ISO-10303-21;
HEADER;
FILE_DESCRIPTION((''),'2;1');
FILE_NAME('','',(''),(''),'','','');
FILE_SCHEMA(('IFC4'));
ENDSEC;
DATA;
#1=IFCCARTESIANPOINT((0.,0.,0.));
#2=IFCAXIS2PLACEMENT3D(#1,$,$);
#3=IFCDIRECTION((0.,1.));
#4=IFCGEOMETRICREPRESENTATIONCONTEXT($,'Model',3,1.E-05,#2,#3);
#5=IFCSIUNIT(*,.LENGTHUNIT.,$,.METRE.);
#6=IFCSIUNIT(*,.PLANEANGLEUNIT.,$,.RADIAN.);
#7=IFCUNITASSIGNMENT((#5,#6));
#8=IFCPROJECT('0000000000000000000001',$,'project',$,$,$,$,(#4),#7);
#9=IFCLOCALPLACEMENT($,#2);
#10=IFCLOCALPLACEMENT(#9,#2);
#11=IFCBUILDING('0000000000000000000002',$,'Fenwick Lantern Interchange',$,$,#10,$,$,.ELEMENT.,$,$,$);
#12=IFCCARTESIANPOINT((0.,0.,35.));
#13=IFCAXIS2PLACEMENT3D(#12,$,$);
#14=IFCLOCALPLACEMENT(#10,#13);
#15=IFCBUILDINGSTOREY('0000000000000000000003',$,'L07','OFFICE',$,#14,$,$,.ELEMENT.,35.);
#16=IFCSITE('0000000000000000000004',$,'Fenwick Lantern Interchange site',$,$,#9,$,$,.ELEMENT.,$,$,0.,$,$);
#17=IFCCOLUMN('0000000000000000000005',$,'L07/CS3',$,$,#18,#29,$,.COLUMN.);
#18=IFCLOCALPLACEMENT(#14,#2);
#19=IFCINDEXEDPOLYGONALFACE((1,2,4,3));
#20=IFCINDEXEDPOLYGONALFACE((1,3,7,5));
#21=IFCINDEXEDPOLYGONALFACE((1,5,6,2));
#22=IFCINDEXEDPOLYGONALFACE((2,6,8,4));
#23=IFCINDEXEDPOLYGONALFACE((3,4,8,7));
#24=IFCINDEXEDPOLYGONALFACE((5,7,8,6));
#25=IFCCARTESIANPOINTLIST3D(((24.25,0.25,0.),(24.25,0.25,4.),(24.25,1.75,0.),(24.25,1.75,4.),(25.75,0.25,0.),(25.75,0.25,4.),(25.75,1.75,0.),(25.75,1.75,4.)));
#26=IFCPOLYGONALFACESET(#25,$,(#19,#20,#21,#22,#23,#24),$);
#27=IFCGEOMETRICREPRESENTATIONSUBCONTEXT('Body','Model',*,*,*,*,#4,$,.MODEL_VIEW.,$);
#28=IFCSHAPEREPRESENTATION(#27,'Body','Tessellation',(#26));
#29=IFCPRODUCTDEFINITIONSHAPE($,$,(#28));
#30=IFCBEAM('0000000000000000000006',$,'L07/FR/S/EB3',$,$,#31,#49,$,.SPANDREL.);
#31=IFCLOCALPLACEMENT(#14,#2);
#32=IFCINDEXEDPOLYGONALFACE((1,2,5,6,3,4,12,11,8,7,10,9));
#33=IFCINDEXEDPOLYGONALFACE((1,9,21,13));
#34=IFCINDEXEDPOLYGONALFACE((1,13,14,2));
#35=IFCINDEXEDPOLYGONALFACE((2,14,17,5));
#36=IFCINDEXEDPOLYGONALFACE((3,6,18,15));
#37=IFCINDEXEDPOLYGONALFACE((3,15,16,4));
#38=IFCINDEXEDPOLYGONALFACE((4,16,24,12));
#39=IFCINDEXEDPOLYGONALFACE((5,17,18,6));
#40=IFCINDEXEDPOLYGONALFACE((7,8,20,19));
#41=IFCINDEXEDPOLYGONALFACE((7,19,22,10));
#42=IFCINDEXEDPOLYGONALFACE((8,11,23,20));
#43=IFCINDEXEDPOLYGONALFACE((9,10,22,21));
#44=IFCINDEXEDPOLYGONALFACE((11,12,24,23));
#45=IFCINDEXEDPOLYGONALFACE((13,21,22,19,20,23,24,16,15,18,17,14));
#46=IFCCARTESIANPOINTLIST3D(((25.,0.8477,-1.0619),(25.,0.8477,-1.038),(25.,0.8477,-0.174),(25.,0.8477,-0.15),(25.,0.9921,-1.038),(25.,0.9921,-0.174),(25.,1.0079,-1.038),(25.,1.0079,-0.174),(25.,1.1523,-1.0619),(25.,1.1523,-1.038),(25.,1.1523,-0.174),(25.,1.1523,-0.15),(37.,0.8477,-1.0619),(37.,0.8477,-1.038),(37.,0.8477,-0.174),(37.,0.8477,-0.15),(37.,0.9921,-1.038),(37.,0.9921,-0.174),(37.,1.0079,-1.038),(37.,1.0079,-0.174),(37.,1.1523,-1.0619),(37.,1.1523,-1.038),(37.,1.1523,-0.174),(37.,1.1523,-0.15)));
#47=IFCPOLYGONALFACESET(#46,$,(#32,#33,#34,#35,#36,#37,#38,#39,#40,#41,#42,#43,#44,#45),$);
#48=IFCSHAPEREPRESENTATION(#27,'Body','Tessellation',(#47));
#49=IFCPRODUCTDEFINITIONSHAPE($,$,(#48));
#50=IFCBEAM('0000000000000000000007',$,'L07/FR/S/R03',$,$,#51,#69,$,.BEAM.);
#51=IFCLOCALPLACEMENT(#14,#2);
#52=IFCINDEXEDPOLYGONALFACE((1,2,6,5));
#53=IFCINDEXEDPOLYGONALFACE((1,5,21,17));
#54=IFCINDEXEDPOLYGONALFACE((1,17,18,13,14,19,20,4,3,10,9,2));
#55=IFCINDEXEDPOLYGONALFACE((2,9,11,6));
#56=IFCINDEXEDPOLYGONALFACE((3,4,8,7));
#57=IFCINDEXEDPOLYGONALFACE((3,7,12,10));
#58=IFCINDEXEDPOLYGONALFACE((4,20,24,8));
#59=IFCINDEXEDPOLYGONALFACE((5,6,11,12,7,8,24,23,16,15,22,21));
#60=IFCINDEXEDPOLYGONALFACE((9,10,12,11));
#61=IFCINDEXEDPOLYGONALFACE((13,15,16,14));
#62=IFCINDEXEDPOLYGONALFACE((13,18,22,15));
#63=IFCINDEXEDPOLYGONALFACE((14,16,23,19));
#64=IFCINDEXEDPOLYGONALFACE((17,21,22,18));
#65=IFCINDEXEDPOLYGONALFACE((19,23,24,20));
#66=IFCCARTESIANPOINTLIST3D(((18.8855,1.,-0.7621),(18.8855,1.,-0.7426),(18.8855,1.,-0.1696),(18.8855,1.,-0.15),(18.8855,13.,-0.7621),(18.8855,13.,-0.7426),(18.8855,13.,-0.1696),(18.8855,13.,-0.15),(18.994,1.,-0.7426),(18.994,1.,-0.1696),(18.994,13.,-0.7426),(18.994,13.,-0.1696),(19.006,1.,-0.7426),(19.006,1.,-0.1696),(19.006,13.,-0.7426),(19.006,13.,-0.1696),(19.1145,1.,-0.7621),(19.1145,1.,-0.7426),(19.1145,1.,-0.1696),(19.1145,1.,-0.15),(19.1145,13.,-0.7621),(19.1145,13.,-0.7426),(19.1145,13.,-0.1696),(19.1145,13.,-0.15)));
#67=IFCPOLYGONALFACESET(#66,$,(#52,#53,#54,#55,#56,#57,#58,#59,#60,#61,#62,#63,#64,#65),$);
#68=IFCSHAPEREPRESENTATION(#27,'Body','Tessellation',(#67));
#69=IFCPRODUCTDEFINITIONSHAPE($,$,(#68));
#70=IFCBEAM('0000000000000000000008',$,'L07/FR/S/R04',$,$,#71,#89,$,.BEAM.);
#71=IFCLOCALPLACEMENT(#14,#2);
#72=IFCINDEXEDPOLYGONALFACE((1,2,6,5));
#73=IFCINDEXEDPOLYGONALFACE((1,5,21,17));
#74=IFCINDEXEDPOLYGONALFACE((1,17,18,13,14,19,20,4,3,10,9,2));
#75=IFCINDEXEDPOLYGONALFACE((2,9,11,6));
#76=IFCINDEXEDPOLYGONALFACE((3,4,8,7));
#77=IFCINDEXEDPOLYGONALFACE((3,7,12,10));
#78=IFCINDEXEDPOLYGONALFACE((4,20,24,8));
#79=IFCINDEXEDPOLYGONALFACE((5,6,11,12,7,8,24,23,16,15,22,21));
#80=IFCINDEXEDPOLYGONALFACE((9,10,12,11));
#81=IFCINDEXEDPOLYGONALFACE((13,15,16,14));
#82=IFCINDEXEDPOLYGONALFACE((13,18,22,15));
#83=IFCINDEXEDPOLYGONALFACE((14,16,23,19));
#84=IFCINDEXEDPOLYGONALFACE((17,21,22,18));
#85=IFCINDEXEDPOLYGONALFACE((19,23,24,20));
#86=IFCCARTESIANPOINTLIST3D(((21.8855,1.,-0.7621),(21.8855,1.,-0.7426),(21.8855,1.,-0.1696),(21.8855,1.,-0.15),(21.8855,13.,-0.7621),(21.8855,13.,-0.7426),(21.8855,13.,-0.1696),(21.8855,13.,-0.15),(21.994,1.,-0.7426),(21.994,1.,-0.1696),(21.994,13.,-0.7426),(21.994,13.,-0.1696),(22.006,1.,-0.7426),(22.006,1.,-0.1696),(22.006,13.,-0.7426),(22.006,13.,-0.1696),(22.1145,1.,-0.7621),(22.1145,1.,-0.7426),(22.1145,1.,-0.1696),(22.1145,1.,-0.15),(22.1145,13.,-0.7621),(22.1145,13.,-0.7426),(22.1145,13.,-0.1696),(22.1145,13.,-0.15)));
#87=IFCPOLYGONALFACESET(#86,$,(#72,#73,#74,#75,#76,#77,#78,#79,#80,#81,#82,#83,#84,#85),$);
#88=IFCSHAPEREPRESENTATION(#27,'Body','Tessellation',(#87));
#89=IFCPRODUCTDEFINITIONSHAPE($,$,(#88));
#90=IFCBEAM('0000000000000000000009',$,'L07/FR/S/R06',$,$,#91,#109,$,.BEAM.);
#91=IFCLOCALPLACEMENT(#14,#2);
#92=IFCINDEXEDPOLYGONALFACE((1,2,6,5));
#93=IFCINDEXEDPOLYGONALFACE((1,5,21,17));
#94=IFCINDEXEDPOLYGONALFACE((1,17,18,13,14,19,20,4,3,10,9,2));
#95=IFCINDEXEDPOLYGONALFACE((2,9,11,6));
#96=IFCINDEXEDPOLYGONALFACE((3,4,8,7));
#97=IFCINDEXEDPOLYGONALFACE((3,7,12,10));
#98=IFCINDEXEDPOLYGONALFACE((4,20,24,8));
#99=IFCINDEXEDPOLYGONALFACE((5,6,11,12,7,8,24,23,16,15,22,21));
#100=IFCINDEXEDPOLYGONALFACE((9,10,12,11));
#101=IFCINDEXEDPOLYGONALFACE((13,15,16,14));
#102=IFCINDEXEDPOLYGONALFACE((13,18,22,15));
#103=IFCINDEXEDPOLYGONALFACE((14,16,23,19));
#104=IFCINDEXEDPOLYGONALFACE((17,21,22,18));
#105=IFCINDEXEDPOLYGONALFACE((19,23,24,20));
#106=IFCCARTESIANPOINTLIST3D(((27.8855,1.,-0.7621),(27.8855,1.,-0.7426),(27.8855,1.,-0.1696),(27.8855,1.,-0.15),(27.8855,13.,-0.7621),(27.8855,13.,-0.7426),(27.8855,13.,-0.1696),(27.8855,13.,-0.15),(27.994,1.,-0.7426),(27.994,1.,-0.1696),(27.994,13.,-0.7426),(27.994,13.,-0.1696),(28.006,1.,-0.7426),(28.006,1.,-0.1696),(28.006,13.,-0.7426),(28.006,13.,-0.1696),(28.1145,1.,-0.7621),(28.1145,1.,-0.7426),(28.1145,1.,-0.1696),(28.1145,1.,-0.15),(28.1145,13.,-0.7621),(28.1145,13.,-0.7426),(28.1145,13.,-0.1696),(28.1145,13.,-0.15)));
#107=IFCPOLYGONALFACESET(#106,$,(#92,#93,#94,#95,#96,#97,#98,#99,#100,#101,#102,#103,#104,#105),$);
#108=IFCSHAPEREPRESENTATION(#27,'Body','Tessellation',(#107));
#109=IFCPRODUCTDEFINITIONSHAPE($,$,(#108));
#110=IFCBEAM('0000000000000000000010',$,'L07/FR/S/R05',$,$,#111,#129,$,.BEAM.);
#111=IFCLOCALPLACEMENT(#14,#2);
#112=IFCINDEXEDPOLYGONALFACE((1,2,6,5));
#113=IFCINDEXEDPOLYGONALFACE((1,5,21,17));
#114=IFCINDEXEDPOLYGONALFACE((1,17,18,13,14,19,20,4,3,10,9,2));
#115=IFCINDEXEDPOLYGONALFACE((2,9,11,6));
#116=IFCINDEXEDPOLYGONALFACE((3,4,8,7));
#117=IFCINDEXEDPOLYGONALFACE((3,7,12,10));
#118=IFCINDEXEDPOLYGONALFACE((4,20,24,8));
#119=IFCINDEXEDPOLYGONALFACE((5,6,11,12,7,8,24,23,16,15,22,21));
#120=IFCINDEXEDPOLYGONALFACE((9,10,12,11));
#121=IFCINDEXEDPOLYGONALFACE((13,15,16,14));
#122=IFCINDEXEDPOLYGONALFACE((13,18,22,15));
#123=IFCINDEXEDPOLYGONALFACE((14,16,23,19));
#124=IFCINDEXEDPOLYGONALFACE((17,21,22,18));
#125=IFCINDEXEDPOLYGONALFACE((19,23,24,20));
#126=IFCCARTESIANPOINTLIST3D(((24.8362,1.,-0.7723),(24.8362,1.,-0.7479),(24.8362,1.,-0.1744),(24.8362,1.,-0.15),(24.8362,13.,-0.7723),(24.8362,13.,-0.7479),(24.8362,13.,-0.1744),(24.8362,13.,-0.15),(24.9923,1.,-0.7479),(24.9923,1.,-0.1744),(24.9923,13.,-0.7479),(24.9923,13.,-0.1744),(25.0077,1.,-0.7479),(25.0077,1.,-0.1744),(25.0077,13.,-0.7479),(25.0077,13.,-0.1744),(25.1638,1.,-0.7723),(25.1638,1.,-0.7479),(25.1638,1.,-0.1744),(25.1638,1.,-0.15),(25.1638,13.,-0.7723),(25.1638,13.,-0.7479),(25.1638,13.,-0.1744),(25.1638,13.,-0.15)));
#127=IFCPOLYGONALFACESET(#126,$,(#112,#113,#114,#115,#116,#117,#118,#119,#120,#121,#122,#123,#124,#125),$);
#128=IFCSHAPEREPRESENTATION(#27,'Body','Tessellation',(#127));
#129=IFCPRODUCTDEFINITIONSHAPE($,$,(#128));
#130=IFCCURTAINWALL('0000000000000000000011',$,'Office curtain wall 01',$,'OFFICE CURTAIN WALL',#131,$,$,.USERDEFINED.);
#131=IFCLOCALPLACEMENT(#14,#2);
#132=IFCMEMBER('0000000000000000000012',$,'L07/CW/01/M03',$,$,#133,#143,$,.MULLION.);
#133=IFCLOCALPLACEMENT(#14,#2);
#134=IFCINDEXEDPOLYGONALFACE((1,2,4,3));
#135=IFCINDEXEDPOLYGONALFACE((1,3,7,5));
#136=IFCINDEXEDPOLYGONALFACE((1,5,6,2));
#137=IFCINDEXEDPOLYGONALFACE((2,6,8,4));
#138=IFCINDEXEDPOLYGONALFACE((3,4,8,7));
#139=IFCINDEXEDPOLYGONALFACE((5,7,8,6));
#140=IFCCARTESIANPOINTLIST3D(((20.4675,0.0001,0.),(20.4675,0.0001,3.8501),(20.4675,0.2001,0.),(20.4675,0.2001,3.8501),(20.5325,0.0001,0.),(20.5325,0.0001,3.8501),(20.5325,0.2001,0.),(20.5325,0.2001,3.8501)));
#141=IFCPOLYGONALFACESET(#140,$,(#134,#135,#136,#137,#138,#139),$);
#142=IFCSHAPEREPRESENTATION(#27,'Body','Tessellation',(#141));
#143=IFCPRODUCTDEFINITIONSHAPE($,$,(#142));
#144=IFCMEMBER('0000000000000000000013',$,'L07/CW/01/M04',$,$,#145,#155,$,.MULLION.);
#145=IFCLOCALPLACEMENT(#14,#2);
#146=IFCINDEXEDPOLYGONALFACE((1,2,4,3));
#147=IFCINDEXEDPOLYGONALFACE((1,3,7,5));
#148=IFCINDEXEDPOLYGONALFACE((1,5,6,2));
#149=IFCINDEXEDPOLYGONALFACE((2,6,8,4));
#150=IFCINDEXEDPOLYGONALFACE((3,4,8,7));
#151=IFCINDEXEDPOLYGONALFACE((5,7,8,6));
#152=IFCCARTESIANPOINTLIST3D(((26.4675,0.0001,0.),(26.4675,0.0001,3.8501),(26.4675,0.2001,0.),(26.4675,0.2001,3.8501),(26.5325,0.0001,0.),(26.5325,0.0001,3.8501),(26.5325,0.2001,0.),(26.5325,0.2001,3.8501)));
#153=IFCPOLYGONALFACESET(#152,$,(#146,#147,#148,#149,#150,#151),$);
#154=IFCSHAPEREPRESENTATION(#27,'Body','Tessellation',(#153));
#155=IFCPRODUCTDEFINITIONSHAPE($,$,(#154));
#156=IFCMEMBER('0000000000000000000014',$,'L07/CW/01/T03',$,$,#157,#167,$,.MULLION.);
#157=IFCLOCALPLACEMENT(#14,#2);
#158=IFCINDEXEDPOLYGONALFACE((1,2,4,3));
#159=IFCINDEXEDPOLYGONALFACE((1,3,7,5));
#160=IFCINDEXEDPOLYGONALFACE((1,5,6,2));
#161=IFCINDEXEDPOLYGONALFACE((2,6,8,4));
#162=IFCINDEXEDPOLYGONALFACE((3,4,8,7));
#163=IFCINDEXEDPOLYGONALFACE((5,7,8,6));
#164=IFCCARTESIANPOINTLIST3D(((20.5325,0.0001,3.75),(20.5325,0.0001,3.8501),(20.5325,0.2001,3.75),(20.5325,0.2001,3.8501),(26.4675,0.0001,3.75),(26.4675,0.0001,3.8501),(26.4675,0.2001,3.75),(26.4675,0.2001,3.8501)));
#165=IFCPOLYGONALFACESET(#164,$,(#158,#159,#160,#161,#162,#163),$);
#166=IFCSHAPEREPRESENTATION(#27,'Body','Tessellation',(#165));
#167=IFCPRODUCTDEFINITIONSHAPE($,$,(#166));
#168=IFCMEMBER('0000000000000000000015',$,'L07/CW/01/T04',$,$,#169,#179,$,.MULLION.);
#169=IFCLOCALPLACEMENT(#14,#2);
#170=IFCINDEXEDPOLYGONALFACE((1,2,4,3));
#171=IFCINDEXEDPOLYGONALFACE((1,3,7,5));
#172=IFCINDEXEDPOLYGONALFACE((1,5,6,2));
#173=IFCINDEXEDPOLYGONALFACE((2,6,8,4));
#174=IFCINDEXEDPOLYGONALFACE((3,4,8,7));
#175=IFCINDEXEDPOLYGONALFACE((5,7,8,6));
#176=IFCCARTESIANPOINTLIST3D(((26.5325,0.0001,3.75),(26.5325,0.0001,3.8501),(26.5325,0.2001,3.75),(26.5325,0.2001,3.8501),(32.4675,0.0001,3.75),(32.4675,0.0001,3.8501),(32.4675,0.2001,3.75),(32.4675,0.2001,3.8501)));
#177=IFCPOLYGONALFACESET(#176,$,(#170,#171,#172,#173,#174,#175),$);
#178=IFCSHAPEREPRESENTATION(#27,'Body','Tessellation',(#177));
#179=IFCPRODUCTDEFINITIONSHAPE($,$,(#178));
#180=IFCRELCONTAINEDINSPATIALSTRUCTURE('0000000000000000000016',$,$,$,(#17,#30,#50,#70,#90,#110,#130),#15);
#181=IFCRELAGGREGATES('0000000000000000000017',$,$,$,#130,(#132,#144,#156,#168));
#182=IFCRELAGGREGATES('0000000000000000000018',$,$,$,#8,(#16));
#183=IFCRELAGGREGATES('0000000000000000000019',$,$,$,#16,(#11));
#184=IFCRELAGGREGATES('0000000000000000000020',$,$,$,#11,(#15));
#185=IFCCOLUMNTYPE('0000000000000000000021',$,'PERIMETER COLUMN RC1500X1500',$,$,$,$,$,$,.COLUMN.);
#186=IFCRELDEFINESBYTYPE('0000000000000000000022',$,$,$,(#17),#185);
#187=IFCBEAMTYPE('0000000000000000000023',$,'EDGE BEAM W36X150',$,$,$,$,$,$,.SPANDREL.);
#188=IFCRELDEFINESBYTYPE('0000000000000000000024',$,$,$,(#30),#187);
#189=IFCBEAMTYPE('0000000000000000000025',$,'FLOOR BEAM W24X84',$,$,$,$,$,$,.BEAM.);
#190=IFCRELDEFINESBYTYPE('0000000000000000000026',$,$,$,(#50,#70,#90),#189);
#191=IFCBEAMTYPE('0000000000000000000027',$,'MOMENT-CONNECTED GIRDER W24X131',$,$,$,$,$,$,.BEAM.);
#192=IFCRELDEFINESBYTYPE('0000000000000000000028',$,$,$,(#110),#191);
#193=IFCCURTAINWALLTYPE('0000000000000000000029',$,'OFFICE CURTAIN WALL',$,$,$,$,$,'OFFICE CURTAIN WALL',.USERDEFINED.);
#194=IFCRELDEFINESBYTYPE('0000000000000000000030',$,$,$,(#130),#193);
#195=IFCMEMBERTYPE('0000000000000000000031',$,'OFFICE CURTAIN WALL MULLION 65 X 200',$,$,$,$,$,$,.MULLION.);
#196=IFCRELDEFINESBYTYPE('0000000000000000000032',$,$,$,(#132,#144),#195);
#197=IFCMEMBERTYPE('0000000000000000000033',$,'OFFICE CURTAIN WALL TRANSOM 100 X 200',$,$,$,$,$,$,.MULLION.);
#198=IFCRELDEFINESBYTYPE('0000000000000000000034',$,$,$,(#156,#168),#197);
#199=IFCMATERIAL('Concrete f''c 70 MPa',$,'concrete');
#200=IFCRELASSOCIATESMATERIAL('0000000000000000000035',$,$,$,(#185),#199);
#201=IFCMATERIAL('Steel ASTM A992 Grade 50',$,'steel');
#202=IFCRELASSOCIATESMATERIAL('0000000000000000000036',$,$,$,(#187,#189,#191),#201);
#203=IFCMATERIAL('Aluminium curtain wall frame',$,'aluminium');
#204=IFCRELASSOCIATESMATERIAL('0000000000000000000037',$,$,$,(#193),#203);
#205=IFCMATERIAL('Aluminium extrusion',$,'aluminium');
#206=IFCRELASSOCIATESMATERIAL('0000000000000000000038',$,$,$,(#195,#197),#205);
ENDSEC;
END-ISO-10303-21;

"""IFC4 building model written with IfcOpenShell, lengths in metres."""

from ifc_helpers import new_model, si_unit, direction, frame, origin, origin_2d, place, context, subcontext, project, spatial, rectangle, i_section, extrude, material, material_profile, profile_set, type_object, element, aggregate, save


model = new_model("IFC4")

# Units and contexts
model_context = context("Model", 3, precision=1e-05, world=origin(), true_north=direction((0.0, 1.0)))
body_context = subcontext(model_context, "Body", "Model", "MODEL_VIEW")
ifc_project = project(units=[si_unit("LENGTHUNIT", "METRE"), si_unit("PLANEANGLEUNIT", "RADIAN")], contexts=[model_context])

# Site, building, storey
site_placement = place(None, origin())
site = spatial("IfcSite", under=ifc_project, at=site_placement, Name="Fenwick Lantern Interchange site", CompositionType="ELEMENT", RefElevation=0.0)
building_placement = place(site_placement, origin())
building = spatial("IfcBuilding", under=site, at=building_placement, Name="Fenwick Lantern Interchange", CompositionType="ELEMENT")
storey_placement = place(building_placement, frame((0.0, 0.0, 35.0)))
storey = spatial("IfcBuildingStorey", under=building, at=storey_placement, Name="L07", Description="OFFICE", CompositionType="ELEMENT", Elevation=35.0)

# Column
ifc_material_1 = material(Name="Concrete f'c 70 MPa", Category="concrete")
ifc_material_profile_1 = material_profile(ifc_material_1, rectangle(XDim=1.5, YDim=1.5, at=origin_2d()), Name="RC1500X1500")
ifc_profile_set_1 = profile_set([ifc_material_profile_1], Name="Concrete f'c 70 MPa")
column_type = type_object("IfcColumnType", Name="PERIMETER COLUMN RC1500X1500", PredefinedType="COLUMN", material=ifc_profile_set_1)
column_placement = place(storey_placement, frame((25.0, 1.0, 0.0), z_axis=(0.0, 0.0, 1.0), x_axis=(1.0, 0.0, 0.0)))
element("IfcColumn", 1, at=column_placement, inside=storey, type_object=column_type, Name="L07/CS3", PredefinedType="COLUMN", context=body_context, shape_type="SweptSolid", body=[
    extrude(rectangle(XDim=1.5, YDim=1.5, at=origin_2d()), origin(), (0.0, 0.0, 1.0), 4.0),
])

# Beams
ifc_material_2 = material(Name="Steel ASTM A992 Grade 50", Category="steel")
ifc_material_profile_2 = material_profile(ifc_material_2, i_section(OverallWidth=0.3047, OverallDepth=0.9119, WebThickness=0.0159, FlangeThickness=0.0239, at=origin_2d()), Name="W36X150")
ifc_profile_set_2 = profile_set([ifc_material_profile_2], Name="Steel ASTM A992 Grade 50")
beam_type_1 = type_object("IfcBeamType", Name="EDGE BEAM W36X150", PredefinedType="SPANDREL", material=ifc_profile_set_2)
beam_1_placement = place(storey_placement, frame((25.0, 1.0, -0.606), z_axis=(1.0, 0.0, 0.0), x_axis=(0.0, 1.0, 0.0)))
element("IfcBeam", 2, at=beam_1_placement, inside=storey, type_object=beam_type_1, Name="L07/FR/S/EB3", PredefinedType="SPANDREL", context=body_context, shape_type="SweptSolid", body=[
    extrude(i_section(OverallWidth=0.3047, OverallDepth=0.9119, WebThickness=0.0159, FlangeThickness=0.0239, at=origin_2d()), origin(), (0.0, 0.0, 1.0), 12.0),
])
ifc_material_profile_3 = material_profile(ifc_material_2, i_section(OverallWidth=0.229, OverallDepth=0.6121, WebThickness=0.012, FlangeThickness=0.0195, at=origin_2d()), Name="W24X84")
ifc_profile_set_3 = profile_set([ifc_material_profile_3], Name="Steel ASTM A992 Grade 50")
beam_type_2 = type_object("IfcBeamType", Name="FLOOR BEAM W24X84", PredefinedType="BEAM", material=ifc_profile_set_3)
for number, where, z_axis, x_axis, name in (
    (3, (19.0, 1.0, -0.4561), (0.0, 1.0, 0.0), (-1.0, 0.0, 0.0), "L07/FR/S/R03"),
    (4, (22.0, 1.0, -0.4561), (0.0, 1.0, 0.0), (-1.0, 0.0, 0.0), "L07/FR/S/R04"),
    (5, (28.0, 1.0, -0.4561), (0.0, 1.0, 0.0), (-1.0, 0.0, 0.0), "L07/FR/S/R06"),
):
    element("IfcBeam", number, at=place(storey_placement, frame(where, z_axis=z_axis, x_axis=x_axis)), inside=storey, type_object=beam_type_2, Name=name, PredefinedType="BEAM", context=body_context, shape_type="SweptSolid", body=[
        extrude(i_section(OverallWidth=0.229, OverallDepth=0.6121, WebThickness=0.012, FlangeThickness=0.0195, at=origin_2d()), origin(), (0.0, 0.0, 1.0), 12.0),
    ])
ifc_material_profile_4 = material_profile(ifc_material_2, i_section(OverallWidth=0.3276, OverallDepth=0.6223, WebThickness=0.0154, FlangeThickness=0.0244, at=origin_2d()), Name="W24X131")
ifc_profile_set_4 = profile_set([ifc_material_profile_4], Name="Steel ASTM A992 Grade 50")
beam_type_3 = type_object("IfcBeamType", Name="MOMENT-CONNECTED GIRDER W24X131", PredefinedType="BEAM", material=ifc_profile_set_4)
beam_2_placement = place(storey_placement, frame((25.0, 1.0, -0.4612), z_axis=(0.0, 1.0, 0.0), x_axis=(-1.0, 0.0, 0.0)))
element("IfcBeam", 6, at=beam_2_placement, inside=storey, type_object=beam_type_3, Name="L07/FR/S/R05", PredefinedType="BEAM", context=body_context, shape_type="SweptSolid", body=[
    extrude(i_section(OverallWidth=0.3276, OverallDepth=0.6223, WebThickness=0.0154, FlangeThickness=0.0244, at=origin_2d()), origin(), (0.0, 0.0, 1.0), 12.0),
])

# Curtain wall, members
ifc_material_3 = material(Name="Aluminium curtain wall frame", Category="aluminium")
curtain_wall_type = type_object("IfcCurtainWallType", Name="OFFICE CURTAIN WALL", ElementType="OFFICE CURTAIN WALL", PredefinedType="USERDEFINED", material=ifc_material_3)
curtain_wall_placement = place(storey_placement, origin())
curtain_wall = element("IfcCurtainWall", 7, at=curtain_wall_placement, inside=storey, type_object=curtain_wall_type, Name="Office curtain wall 01", ObjectType="OFFICE CURTAIN WALL", PredefinedType="USERDEFINED")
ifc_material_4 = material(Name="Aluminium extrusion", Category="aluminium")
ifc_material_profile_5 = material_profile(ifc_material_4, rectangle(XDim=0.2, YDim=0.0649, at=origin_2d()), Name="OFFICE CURTAIN WALL MULLION 65 X 200")
ifc_profile_set_5 = profile_set([ifc_material_profile_5], Name="Aluminium extrusion")
member_type_1 = type_object("IfcMemberType", Name="OFFICE CURTAIN WALL MULLION 65 X 200", PredefinedType="MULLION", material=ifc_profile_set_5)
member_1_placement = place(storey_placement, frame((20.5, 0.1001, 0.0), z_axis=(0.0, 0.0, 1.0), x_axis=(0.0, 1.0, 0.0)))
member_1 = element("IfcMember", 8, at=member_1_placement, type_object=member_type_1, Name="L07/CW/01/M03", PredefinedType="MULLION", context=body_context, shape_type="SweptSolid", body=[
    extrude(rectangle(XDim=0.2, YDim=0.0649, at=origin_2d()), origin(), (0.0, 0.0, 1.0), 3.8501),
])
member_2_placement = place(storey_placement, frame((26.5, 0.1001, 0.0), z_axis=(0.0, 0.0, 1.0), x_axis=(0.0, 1.0, 0.0)))
member_2 = element("IfcMember", 9, at=member_2_placement, type_object=member_type_1, Name="L07/CW/01/M04", PredefinedType="MULLION", context=body_context, shape_type="SweptSolid", body=[
    extrude(rectangle(XDim=0.2, YDim=0.0649, at=origin_2d()), origin(), (0.0, 0.0, 1.0), 3.8501),
])
ifc_material_profile_6 = material_profile(ifc_material_4, rectangle(XDim=0.2, YDim=0.1001, at=origin_2d()), Name="OFFICE CURTAIN WALL TRANSOM 100 X 200")
ifc_profile_set_6 = profile_set([ifc_material_profile_6], Name="Aluminium extrusion")
member_type_2 = type_object("IfcMemberType", Name="OFFICE CURTAIN WALL TRANSOM 100 X 200", PredefinedType="MULLION", material=ifc_profile_set_6)
member_3_placement = place(storey_placement, frame((20.5325, 0.1001, 3.8), z_axis=(1.0, 0.0, 0.0), x_axis=(0.0, 1.0, 0.0)))
member_3 = element("IfcMember", 10, at=member_3_placement, type_object=member_type_2, Name="L07/CW/01/T03", PredefinedType="MULLION", context=body_context, shape_type="SweptSolid", body=[
    extrude(rectangle(XDim=0.2, YDim=0.1001, at=origin_2d()), origin(), (0.0, 0.0, 1.0), 5.9351),
])
member_4_placement = place(storey_placement, frame((26.5325, 0.1001, 3.8), z_axis=(1.0, 0.0, 0.0), x_axis=(0.0, 1.0, 0.0)))
member_4 = element("IfcMember", 11, at=member_4_placement, type_object=member_type_2, Name="L07/CW/01/T04", PredefinedType="MULLION", context=body_context, shape_type="SweptSolid", body=[
    extrude(rectangle(XDim=0.2, YDim=0.1001, at=origin_2d()), origin(), (0.0, 0.0, 1.0), 5.9351),
])
aggregate(curtain_wall, [member_1, member_2, member_3, member_4])

save(model, "model.ifc")
